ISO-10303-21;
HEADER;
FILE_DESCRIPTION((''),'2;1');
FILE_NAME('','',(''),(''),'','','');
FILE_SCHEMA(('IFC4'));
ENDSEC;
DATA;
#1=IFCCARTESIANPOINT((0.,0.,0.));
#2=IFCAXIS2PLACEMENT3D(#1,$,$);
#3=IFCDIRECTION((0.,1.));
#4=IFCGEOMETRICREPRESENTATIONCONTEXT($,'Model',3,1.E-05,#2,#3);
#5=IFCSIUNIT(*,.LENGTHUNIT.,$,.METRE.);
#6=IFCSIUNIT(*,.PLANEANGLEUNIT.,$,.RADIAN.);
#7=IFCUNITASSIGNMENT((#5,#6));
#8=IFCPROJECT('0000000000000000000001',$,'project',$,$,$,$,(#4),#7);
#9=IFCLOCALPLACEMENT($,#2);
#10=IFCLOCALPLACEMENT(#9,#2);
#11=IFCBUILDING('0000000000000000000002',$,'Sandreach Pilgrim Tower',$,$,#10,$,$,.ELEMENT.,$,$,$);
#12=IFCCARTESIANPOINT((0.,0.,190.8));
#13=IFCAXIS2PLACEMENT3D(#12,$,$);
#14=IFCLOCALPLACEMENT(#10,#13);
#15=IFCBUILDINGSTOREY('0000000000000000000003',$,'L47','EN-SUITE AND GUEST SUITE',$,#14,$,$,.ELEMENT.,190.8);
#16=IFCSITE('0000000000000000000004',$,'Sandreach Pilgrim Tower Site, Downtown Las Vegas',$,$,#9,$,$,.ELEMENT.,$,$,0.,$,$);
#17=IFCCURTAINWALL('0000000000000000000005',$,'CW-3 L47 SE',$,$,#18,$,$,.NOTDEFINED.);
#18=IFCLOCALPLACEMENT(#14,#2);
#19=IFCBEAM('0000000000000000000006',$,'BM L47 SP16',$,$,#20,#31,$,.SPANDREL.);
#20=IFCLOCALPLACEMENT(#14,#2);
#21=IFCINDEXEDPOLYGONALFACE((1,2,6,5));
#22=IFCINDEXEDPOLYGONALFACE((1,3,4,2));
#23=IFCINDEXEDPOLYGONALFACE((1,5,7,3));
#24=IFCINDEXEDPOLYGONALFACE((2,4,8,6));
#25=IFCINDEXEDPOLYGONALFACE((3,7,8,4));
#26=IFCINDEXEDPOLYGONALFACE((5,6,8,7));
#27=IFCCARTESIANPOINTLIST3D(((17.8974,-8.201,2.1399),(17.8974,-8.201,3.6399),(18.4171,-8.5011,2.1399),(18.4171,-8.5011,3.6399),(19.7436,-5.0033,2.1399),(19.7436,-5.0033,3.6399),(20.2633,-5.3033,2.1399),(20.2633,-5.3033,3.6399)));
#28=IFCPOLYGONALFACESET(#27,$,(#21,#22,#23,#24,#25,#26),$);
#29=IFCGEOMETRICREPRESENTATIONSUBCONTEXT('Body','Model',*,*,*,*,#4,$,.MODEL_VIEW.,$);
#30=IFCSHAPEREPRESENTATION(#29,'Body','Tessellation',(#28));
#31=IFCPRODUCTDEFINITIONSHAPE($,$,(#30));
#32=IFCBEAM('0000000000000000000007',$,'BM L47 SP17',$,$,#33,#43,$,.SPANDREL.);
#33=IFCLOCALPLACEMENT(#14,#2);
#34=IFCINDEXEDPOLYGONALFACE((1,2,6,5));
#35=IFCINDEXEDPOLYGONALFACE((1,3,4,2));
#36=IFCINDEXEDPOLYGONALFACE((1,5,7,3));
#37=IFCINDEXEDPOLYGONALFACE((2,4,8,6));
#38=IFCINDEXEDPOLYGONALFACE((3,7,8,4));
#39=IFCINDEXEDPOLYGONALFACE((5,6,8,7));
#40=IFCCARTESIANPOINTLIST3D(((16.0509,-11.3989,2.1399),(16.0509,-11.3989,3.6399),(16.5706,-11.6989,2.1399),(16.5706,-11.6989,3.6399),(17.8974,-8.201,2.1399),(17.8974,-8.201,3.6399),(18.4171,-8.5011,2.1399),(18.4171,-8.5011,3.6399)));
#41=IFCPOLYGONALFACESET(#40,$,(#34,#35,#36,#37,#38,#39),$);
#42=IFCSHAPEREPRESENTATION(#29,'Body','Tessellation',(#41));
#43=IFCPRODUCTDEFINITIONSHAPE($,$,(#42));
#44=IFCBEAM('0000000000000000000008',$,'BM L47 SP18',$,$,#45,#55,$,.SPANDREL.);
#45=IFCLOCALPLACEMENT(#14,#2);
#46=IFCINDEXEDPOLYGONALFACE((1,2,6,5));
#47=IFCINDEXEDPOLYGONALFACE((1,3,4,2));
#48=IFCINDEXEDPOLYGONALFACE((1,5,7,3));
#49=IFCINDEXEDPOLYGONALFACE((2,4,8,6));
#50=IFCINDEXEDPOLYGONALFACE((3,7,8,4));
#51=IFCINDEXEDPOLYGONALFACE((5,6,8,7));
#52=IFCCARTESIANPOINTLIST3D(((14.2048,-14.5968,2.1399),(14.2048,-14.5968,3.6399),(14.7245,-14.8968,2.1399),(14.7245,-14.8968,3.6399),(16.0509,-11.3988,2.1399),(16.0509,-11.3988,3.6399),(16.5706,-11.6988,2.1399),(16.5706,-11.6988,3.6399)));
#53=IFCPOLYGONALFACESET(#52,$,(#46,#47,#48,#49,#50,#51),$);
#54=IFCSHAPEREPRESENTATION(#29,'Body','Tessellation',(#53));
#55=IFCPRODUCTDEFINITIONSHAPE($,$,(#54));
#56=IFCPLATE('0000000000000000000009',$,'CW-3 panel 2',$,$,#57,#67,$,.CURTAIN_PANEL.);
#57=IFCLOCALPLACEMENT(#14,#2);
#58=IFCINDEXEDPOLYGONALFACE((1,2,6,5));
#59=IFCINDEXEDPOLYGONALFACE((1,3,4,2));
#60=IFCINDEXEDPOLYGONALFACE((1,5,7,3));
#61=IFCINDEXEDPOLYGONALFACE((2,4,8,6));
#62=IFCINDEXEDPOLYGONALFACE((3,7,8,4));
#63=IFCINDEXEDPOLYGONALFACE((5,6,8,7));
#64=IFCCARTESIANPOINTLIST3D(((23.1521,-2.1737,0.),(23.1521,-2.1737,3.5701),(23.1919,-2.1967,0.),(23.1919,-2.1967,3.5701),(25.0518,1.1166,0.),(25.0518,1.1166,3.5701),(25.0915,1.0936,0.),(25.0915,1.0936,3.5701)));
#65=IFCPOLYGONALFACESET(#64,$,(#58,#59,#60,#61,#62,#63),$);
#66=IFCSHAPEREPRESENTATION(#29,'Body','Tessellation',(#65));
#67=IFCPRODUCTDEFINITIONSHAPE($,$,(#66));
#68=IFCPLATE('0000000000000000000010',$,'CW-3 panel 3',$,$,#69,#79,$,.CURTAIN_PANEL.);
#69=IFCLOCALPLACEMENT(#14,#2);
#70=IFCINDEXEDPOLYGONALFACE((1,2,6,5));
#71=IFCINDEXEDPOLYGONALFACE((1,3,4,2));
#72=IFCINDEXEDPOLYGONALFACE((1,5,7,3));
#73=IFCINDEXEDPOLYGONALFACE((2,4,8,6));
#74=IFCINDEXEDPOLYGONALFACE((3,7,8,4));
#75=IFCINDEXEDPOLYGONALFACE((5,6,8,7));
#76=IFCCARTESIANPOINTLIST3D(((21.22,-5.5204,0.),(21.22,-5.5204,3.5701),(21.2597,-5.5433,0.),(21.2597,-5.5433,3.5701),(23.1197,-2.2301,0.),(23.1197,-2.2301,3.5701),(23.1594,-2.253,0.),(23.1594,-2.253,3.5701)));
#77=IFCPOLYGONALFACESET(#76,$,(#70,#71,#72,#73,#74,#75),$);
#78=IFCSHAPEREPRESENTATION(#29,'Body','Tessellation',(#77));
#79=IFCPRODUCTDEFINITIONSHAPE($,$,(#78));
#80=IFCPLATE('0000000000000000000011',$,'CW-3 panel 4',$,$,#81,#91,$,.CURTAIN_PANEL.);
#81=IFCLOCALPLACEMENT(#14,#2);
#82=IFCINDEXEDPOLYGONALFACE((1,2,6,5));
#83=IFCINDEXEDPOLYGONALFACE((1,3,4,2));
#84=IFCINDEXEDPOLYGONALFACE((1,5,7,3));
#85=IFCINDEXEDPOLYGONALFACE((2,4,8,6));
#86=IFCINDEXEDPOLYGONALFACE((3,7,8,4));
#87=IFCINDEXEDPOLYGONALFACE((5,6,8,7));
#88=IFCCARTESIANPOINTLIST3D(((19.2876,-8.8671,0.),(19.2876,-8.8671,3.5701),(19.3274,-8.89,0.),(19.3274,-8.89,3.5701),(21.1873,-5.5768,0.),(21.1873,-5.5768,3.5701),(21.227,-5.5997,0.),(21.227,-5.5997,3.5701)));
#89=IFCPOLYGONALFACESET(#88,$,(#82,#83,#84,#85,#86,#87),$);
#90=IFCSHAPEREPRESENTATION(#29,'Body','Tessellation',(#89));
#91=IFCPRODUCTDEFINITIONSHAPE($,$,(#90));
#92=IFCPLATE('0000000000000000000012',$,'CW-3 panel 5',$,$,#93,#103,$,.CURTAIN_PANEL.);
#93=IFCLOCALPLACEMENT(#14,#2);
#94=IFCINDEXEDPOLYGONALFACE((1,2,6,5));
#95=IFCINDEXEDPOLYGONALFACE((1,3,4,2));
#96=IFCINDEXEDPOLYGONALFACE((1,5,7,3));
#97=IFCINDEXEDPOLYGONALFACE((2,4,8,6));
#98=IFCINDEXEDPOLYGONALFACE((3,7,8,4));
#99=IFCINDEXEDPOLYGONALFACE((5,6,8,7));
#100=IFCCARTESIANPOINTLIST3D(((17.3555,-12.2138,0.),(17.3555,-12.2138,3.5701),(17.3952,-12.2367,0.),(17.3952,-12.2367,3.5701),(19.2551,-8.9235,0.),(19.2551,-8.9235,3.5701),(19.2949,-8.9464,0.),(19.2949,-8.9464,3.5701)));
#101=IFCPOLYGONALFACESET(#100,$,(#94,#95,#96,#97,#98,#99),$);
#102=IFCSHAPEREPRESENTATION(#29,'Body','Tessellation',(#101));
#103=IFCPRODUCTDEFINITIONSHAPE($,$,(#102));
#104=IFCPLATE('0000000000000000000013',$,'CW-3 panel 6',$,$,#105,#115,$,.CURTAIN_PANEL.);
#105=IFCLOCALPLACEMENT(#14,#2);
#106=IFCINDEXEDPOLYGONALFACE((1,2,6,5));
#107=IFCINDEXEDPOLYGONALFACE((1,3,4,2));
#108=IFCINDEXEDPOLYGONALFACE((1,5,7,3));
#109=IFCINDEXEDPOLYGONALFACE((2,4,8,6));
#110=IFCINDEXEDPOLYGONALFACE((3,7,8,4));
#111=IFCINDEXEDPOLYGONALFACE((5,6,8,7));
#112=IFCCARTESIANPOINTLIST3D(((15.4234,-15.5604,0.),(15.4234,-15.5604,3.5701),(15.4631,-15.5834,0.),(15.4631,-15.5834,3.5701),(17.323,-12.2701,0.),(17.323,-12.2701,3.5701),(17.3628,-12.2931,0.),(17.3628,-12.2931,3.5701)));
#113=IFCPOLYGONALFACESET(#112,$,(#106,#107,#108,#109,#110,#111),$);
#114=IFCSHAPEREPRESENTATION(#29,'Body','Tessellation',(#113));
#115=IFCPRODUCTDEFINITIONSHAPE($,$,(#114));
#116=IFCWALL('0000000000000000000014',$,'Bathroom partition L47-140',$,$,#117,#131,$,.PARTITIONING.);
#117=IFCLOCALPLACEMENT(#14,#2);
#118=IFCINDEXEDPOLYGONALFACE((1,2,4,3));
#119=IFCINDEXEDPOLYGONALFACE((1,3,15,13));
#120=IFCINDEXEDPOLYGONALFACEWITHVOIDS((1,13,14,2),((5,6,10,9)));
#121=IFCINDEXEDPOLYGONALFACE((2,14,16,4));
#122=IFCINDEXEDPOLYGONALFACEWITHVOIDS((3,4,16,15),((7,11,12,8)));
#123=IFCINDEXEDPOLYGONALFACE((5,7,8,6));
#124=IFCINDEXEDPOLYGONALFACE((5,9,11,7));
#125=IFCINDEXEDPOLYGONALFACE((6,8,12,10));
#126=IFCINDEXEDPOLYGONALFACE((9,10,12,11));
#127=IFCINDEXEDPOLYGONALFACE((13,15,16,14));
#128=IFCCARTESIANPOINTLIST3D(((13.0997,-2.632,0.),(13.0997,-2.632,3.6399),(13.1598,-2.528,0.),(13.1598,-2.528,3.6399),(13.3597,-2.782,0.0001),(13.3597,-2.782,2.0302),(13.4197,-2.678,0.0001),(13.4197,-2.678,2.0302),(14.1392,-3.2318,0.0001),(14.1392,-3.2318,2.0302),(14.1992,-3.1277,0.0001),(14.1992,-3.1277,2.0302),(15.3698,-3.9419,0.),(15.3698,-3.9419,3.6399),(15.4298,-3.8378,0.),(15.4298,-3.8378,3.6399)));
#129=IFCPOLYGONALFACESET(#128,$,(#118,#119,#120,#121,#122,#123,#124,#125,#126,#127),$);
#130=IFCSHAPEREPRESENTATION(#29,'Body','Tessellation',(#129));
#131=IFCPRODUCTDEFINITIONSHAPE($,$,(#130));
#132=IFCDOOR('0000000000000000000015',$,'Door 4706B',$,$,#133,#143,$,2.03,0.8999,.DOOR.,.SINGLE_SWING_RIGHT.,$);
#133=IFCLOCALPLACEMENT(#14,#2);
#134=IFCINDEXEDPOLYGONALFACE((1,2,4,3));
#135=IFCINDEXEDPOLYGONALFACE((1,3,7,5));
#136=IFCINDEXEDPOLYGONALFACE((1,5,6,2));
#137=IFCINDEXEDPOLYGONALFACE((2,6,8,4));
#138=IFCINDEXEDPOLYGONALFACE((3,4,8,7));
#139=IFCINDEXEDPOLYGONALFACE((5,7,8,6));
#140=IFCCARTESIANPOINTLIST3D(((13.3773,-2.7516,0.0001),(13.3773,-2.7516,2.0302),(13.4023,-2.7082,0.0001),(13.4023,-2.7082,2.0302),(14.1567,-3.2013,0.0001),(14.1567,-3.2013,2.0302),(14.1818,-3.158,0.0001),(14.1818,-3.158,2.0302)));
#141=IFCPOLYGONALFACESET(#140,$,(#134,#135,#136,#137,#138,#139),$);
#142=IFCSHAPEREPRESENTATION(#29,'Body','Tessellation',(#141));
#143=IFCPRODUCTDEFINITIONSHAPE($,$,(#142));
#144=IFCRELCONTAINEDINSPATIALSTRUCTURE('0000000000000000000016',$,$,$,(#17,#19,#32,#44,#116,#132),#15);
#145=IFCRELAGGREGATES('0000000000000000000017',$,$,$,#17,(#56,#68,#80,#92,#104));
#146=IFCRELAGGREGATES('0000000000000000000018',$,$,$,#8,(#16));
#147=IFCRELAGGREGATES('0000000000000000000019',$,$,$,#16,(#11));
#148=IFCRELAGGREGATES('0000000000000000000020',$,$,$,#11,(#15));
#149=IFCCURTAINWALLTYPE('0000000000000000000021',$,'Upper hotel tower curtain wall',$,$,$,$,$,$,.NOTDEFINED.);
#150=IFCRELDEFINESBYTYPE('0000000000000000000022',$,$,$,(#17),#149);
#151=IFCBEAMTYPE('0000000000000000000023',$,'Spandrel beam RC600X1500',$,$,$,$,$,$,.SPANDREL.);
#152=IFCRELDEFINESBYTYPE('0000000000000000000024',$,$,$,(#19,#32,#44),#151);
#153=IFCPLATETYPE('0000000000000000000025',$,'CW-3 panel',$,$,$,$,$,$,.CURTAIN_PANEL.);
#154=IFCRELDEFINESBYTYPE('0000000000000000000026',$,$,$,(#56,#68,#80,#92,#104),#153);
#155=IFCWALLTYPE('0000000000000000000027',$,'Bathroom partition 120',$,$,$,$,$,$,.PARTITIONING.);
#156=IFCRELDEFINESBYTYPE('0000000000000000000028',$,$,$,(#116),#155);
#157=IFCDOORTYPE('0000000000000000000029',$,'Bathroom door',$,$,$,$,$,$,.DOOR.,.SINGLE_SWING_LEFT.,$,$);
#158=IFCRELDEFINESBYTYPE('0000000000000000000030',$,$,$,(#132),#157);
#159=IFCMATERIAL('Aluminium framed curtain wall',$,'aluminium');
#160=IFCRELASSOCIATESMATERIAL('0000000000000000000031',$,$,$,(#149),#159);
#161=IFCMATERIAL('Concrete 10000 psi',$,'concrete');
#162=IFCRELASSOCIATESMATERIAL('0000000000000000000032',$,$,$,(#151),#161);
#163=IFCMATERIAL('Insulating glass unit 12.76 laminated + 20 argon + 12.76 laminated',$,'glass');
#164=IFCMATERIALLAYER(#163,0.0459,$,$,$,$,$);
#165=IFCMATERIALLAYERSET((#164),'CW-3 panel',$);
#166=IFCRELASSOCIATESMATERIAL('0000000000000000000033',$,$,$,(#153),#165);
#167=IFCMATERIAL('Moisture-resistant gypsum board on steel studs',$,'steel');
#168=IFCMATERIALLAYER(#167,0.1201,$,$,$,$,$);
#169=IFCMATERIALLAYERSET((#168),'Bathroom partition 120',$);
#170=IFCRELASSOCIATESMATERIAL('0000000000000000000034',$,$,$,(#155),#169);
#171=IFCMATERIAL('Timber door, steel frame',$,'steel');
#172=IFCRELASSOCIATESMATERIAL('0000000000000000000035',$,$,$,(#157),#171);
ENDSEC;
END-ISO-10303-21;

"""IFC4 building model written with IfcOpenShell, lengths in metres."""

from ifc_helpers import new_model, si_unit, direction, frame, frame_2d, origin, origin_2d, place, context, subcontext, project, spatial, rectangle, extrude, material, layer, layer_set, material_profile, profile_set, type_object, element, fill, aggregate, save


model = new_model("IFC4")

# Units and contexts
model_context = context("Model", 3, precision=1e-05, world=origin(), true_north=direction((0.0, 1.0)))
body_context = subcontext(model_context, "Body", "Model", "MODEL_VIEW")
ifc_project = project(units=[si_unit("LENGTHUNIT", "METRE"), si_unit("PLANEANGLEUNIT", "RADIAN")], contexts=[model_context])

# Site, building, storey
site_placement = place(None, origin())
site = spatial("IfcSite", under=ifc_project, at=site_placement, Name="Sandreach Pilgrim Tower Site, Downtown Las Vegas", CompositionType="ELEMENT", RefElevation=0.0)
building_placement = place(site_placement, origin())
building = spatial("IfcBuilding", under=site, at=building_placement, Name="Sandreach Pilgrim Tower", CompositionType="ELEMENT")
storey_placement = place(building_placement, frame((0.0, 0.0, 190.8)))
storey = spatial("IfcBuildingStorey", under=building, at=storey_placement, Name="L47", Description="EN-SUITE AND GUEST SUITE", CompositionType="ELEMENT", Elevation=190.8)

# Curtain wall
ifc_material_1 = material(Name="Aluminium framed curtain wall", Category="aluminium")
curtain_wall_type = type_object("IfcCurtainWallType", Name="Upper hotel tower curtain wall", PredefinedType="NOTDEFINED", material=ifc_material_1)
curtain_wall_placement = place(storey_placement, origin())
curtain_wall = element("IfcCurtainWall", 1, at=curtain_wall_placement, inside=storey, type_object=curtain_wall_type, Name="CW-3 L47 SE", PredefinedType="NOTDEFINED")

# Beams
ifc_material_2 = material(Name="Concrete 10000 psi", Category="concrete")
ifc_material_profile_1 = material_profile(ifc_material_2, rectangle(XDim=0.6001, YDim=1.5, at=origin_2d()), Name="RC600X1500")
ifc_profile_set_1 = profile_set([ifc_material_profile_1], Name="Concrete 10000 psi")
beam_type_1 = type_object("IfcBeamType", Name="Spandrel beam RC600X1500", PredefinedType="SPANDREL", material=ifc_profile_set_1)
for number, where, z_axis, x_axis, name in (
    (2, (20.0034, -5.1533, 2.8899), (-0.499993, -0.866029, 0.0), (0.866029, -0.499993, 0.0), "BM L47 SP16"),
):
    element("IfcBeam", number, at=place(storey_placement, frame(where, z_axis=z_axis, x_axis=x_axis)), inside=storey, type_object=beam_type_1, Name=name, PredefinedType="SPANDREL", context=body_context, shape_type="SweptSolid", body=[
        extrude(rectangle(XDim=0.6001, YDim=1.5, at=origin_2d()), origin(), (0.0, 0.0, 1.0), 3.6924),
    ])
for number, where, z_axis, x_axis, name in (
    (3, (18.1572, -8.3511, 2.8899), (-0.500043, -0.866001, 0.0), (0.866001, -0.500043, 0.0), "BM L47 SP17"),
    (4, (16.3108, -11.5488, 2.8899), (-0.499965, -0.866046, 0.0), (0.866046, -0.499965, 0.0), "BM L47 SP18"),
):
    element("IfcBeam", number, at=place(storey_placement, frame(where, z_axis=z_axis, x_axis=x_axis)), inside=storey, type_object=beam_type_1, Name=name, PredefinedType="SPANDREL", context=body_context, shape_type="SweptSolid", body=[
        extrude(rectangle(XDim=0.6001, YDim=1.5, at=origin_2d()), origin(), (0.0, 0.0, 1.0), 3.6926),
    ])

# Plates
ifc_material_3 = material(Name="Insulating glass unit 12.76 laminated + 20 argon + 12.76 laminated", Category="glass")
ifc_layer_1 = layer(ifc_material_3, 0.0459)
ifc_layer_set_1 = layer_set([ifc_layer_1], Name="CW-3 panel")
plate_type = type_object("IfcPlateType", Name="CW-3 panel", PredefinedType="CURTAIN_PANEL", material=ifc_layer_set_1)
plate_1_placement = place(storey_placement, frame((24.1218, -0.54, 0.0), z_axis=(0.0, 0.0, 1.0), x_axis=(-0.5, -0.866025, 0.0)))
plate_1 = element("IfcPlate", 5, at=plate_1_placement, type_object=plate_type, Name="CW-3 panel 2", PredefinedType="CURTAIN_PANEL", context=body_context, shape_type="SweptSolid", body=[
    extrude(rectangle(XDim=3.7993, YDim=0.0459, at=origin_2d()), origin(), (0.0, 0.0, 1.0), 3.5701),
])
plate_2_placement = place(storey_placement, frame((22.1897, -3.8867, 0.0), z_axis=(0.0, 0.0, 1.0), x_axis=(-0.5, -0.866025, 0.0)))
plate_2 = element("IfcPlate", 6, at=plate_2_placement, type_object=plate_type, Name="CW-3 panel 3", PredefinedType="CURTAIN_PANEL", context=body_context, shape_type="SweptSolid", body=[
    extrude(rectangle(XDim=3.7993, YDim=0.0459, at=origin_2d()), origin(), (0.0, 0.0, 1.0), 3.5701),
])
plate_3_placement = place(storey_placement, frame((20.2573, -7.2334, 0.0), z_axis=(0.0, 0.0, 1.0), x_axis=(-0.5, -0.866025, 0.0)))
plate_3 = element("IfcPlate", 7, at=plate_3_placement, type_object=plate_type, Name="CW-3 panel 4", PredefinedType="CURTAIN_PANEL", context=body_context, shape_type="SweptSolid", body=[
    extrude(rectangle(XDim=3.7993, YDim=0.0459, at=origin_2d()), origin(), (0.0, 0.0, 1.0), 3.5701),
])
plate_4_placement = place(storey_placement, frame((18.3252, -10.5801, 0.0), z_axis=(0.0, 0.0, 1.0), x_axis=(-0.5, -0.866025, 0.0)))
plate_4 = element("IfcPlate", 8, at=plate_4_placement, type_object=plate_type, Name="CW-3 panel 5", PredefinedType="CURTAIN_PANEL", context=body_context, shape_type="SweptSolid", body=[
    extrude(rectangle(XDim=3.7993, YDim=0.0459, at=origin_2d()), origin(), (0.0, 0.0, 1.0), 3.5701),
])
plate_5_placement = place(storey_placement, frame((16.3931, -13.9268, 0.0), z_axis=(0.0, 0.0, 1.0), x_axis=(-0.5, -0.866025, 0.0)))
plate_5 = element("IfcPlate", 9, at=plate_5_placement, type_object=plate_type, Name="CW-3 panel 6", PredefinedType="CURTAIN_PANEL", context=body_context, shape_type="SweptSolid", body=[
    extrude(rectangle(XDim=3.7993, YDim=0.0459, at=origin_2d()), origin(), (0.0, 0.0, 1.0), 3.5701),
])
aggregate(curtain_wall, [plate_1, plate_2, plate_3, plate_4, plate_5])

# Wall, opening, door
ifc_material_4 = material(Name="Moisture-resistant gypsum board on steel studs", Category="steel")
ifc_layer_2 = layer(ifc_material_4, 0.1201)
ifc_layer_set_2 = layer_set([ifc_layer_2], Name="Bathroom partition 120")
wall_type = type_object("IfcWallType", Name="Bathroom partition 120", PredefinedType="PARTITIONING", material=ifc_layer_set_2)
wall_placement = place(storey_placement, frame((15.3999, -3.8899, 0.0), z_axis=(0.0, 0.0, 1.0), x_axis=(-0.866155, 0.499776, 0.0)))
wall = element("IfcWall", 10, at=wall_placement, inside=storey, type_object=wall_type, Name="Bathroom partition L47-140", PredefinedType="PARTITIONING", context=body_context, shape_type="SweptSolid", body=[
    extrude(rectangle(XDim=2.6208, YDim=0.1201, at=frame_2d((1.3105, 0.0))), origin(), (0.0, 0.0, 1.0), 3.6399),
])
opening_placement = place(wall_placement, frame((1.4209, 0.0, 0.0)))
opening = element("IfcOpeningElement", 11, at=opening_placement, cuts=wall, PredefinedType="OPENING", context=body_context, shape_type="SweptSolid", body=[
    extrude(rectangle(XDim=0.8999, YDim=2.03, at=frame_2d((0.45, 1.0151))), frame((0.0, 0.0601, 0.0), z_axis=(0.0, -1.0, 0.0), x_axis=(1.0, 0.0, 0.0)), (0.0, 0.0, 1.0), 0.1201),
])
ifc_material_5 = material(Name="Timber door, steel frame", Category="steel")
door_type = type_object("IfcDoorType", Name="Bathroom door", OperationType="SINGLE_SWING_LEFT", PredefinedType="DOOR", material=ifc_material_5)
door_placement = place(opening_placement, origin())
door = element("IfcDoor", 12, at=door_placement, inside=storey, type_object=door_type, Name="Door 4706B", OperationType="SINGLE_SWING_RIGHT", OverallHeight=2.03, OverallWidth=0.8999, PredefinedType="DOOR", context=body_context, shape_type="SweptSolid", body=[
    extrude(rectangle(XDim=0.8999, YDim=2.03, at=frame_2d((0.45, 1.0151))), frame((0.0, 0.0249, 0.0), z_axis=(0.0, -1.0, 0.0), x_axis=(1.0, 0.0, 0.0)), (0.0, 0.0, 1.0), 0.05),
])
fill(opening, door)

save(model, "model.ifc")
